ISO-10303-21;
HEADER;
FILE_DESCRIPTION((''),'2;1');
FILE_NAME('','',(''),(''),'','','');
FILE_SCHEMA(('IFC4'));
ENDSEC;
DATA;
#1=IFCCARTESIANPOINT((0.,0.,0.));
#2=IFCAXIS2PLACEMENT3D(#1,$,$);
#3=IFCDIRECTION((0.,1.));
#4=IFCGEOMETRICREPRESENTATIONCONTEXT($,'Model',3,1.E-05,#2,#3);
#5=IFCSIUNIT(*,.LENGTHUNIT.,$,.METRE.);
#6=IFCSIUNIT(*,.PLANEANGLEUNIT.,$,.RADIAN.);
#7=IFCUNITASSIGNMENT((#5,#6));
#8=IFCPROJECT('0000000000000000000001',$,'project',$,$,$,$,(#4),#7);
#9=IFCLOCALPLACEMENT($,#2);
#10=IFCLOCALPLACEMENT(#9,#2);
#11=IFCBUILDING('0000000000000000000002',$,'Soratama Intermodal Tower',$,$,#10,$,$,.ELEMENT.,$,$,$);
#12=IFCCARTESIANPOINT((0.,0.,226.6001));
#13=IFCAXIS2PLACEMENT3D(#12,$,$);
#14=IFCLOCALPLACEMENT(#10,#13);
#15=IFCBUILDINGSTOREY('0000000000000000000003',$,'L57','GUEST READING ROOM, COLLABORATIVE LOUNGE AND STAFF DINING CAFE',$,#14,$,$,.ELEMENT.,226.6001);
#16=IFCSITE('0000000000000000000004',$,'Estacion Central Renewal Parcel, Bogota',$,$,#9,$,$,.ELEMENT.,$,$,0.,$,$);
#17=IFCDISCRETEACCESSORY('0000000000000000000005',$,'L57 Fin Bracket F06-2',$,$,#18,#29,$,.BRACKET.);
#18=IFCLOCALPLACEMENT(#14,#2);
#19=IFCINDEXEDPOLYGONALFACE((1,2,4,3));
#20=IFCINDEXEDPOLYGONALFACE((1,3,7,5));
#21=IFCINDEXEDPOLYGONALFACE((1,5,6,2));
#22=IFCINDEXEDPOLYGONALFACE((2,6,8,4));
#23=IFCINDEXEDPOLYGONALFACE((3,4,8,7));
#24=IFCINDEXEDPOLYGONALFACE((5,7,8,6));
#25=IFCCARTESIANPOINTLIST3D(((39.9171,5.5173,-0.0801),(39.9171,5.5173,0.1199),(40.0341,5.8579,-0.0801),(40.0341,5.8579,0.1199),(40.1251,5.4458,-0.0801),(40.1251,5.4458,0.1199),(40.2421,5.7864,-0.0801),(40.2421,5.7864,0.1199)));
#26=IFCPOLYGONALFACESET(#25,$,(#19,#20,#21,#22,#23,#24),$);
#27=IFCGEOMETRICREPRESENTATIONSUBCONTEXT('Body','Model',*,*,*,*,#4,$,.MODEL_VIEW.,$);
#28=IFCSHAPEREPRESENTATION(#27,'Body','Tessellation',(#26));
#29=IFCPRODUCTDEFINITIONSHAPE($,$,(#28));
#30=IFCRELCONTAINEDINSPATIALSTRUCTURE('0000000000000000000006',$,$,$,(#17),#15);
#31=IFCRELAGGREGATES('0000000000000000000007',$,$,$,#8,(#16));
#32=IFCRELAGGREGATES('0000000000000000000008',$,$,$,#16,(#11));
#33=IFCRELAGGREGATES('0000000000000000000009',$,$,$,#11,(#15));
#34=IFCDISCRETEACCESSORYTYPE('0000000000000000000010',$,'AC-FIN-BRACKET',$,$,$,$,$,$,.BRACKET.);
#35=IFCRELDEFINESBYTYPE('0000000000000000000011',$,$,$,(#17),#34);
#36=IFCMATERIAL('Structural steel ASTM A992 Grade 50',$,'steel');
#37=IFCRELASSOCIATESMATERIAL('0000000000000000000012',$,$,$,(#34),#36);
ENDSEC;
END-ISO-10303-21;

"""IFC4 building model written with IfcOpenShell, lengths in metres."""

from ifc_helpers import new_model, si_unit, direction, frame, origin, origin_2d, place, context, subcontext, project, spatial, rectangle, extrude, material, type_object, element, save


model = new_model("IFC4")

# Units and contexts
model_context = context("Model", 3, precision=1e-05, world=origin(), true_north=direction((0.0, 1.0)))
body_context = subcontext(model_context, "Body", "Model", "MODEL_VIEW")
ifc_project = project(units=[si_unit("LENGTHUNIT", "METRE"), si_unit("PLANEANGLEUNIT", "RADIAN")], contexts=[model_context])

# Site, building, storey
site_placement = place(None, origin())
site = spatial("IfcSite", under=ifc_project, at=site_placement, Name="Estacion Central Renewal Parcel, Bogota", CompositionType="ELEMENT", RefElevation=0.0)
building_placement = place(site_placement, origin())
building = spatial("IfcBuilding", under=site, at=building_placement, Name="Soratama Intermodal Tower", CompositionType="ELEMENT")
storey_placement = place(building_placement, frame((0.0, 0.0, 226.6001)))
storey = spatial("IfcBuildingStorey", under=building, at=storey_placement, Name="L57", Description="GUEST READING ROOM, COLLABORATIVE LOUNGE AND STAFF DINING CAFE", CompositionType="ELEMENT", Elevation=226.6001)

# Discrete accessory
ifc_material_1 = material(Name="Structural steel ASTM A992 Grade 50", Category="steel")
discrete_accessory_type = type_object("IfcDiscreteAccessoryType", Name="AC-FIN-BRACKET", PredefinedType="BRACKET", material=ifc_material_1)
discrete_accessory_placement = place(storey_placement, frame((40.0796, 5.6519, -0.0801), z_axis=(0.0, 0.0, 1.0), x_axis=(-0.324908, -0.945746, 0.0)))
element("IfcDiscreteAccessory", 1, at=discrete_accessory_placement, inside=storey, type_object=discrete_accessory_type, Name="L57 Fin Bracket F06-2", PredefinedType="BRACKET", context=body_context, shape_type="SweptSolid", body=[
    extrude(rectangle(XDim=0.3601, YDim=0.22, at=origin_2d()), origin(), (0.0, 0.0, 1.0), 0.2),
])

save(model, "model.ifc")
